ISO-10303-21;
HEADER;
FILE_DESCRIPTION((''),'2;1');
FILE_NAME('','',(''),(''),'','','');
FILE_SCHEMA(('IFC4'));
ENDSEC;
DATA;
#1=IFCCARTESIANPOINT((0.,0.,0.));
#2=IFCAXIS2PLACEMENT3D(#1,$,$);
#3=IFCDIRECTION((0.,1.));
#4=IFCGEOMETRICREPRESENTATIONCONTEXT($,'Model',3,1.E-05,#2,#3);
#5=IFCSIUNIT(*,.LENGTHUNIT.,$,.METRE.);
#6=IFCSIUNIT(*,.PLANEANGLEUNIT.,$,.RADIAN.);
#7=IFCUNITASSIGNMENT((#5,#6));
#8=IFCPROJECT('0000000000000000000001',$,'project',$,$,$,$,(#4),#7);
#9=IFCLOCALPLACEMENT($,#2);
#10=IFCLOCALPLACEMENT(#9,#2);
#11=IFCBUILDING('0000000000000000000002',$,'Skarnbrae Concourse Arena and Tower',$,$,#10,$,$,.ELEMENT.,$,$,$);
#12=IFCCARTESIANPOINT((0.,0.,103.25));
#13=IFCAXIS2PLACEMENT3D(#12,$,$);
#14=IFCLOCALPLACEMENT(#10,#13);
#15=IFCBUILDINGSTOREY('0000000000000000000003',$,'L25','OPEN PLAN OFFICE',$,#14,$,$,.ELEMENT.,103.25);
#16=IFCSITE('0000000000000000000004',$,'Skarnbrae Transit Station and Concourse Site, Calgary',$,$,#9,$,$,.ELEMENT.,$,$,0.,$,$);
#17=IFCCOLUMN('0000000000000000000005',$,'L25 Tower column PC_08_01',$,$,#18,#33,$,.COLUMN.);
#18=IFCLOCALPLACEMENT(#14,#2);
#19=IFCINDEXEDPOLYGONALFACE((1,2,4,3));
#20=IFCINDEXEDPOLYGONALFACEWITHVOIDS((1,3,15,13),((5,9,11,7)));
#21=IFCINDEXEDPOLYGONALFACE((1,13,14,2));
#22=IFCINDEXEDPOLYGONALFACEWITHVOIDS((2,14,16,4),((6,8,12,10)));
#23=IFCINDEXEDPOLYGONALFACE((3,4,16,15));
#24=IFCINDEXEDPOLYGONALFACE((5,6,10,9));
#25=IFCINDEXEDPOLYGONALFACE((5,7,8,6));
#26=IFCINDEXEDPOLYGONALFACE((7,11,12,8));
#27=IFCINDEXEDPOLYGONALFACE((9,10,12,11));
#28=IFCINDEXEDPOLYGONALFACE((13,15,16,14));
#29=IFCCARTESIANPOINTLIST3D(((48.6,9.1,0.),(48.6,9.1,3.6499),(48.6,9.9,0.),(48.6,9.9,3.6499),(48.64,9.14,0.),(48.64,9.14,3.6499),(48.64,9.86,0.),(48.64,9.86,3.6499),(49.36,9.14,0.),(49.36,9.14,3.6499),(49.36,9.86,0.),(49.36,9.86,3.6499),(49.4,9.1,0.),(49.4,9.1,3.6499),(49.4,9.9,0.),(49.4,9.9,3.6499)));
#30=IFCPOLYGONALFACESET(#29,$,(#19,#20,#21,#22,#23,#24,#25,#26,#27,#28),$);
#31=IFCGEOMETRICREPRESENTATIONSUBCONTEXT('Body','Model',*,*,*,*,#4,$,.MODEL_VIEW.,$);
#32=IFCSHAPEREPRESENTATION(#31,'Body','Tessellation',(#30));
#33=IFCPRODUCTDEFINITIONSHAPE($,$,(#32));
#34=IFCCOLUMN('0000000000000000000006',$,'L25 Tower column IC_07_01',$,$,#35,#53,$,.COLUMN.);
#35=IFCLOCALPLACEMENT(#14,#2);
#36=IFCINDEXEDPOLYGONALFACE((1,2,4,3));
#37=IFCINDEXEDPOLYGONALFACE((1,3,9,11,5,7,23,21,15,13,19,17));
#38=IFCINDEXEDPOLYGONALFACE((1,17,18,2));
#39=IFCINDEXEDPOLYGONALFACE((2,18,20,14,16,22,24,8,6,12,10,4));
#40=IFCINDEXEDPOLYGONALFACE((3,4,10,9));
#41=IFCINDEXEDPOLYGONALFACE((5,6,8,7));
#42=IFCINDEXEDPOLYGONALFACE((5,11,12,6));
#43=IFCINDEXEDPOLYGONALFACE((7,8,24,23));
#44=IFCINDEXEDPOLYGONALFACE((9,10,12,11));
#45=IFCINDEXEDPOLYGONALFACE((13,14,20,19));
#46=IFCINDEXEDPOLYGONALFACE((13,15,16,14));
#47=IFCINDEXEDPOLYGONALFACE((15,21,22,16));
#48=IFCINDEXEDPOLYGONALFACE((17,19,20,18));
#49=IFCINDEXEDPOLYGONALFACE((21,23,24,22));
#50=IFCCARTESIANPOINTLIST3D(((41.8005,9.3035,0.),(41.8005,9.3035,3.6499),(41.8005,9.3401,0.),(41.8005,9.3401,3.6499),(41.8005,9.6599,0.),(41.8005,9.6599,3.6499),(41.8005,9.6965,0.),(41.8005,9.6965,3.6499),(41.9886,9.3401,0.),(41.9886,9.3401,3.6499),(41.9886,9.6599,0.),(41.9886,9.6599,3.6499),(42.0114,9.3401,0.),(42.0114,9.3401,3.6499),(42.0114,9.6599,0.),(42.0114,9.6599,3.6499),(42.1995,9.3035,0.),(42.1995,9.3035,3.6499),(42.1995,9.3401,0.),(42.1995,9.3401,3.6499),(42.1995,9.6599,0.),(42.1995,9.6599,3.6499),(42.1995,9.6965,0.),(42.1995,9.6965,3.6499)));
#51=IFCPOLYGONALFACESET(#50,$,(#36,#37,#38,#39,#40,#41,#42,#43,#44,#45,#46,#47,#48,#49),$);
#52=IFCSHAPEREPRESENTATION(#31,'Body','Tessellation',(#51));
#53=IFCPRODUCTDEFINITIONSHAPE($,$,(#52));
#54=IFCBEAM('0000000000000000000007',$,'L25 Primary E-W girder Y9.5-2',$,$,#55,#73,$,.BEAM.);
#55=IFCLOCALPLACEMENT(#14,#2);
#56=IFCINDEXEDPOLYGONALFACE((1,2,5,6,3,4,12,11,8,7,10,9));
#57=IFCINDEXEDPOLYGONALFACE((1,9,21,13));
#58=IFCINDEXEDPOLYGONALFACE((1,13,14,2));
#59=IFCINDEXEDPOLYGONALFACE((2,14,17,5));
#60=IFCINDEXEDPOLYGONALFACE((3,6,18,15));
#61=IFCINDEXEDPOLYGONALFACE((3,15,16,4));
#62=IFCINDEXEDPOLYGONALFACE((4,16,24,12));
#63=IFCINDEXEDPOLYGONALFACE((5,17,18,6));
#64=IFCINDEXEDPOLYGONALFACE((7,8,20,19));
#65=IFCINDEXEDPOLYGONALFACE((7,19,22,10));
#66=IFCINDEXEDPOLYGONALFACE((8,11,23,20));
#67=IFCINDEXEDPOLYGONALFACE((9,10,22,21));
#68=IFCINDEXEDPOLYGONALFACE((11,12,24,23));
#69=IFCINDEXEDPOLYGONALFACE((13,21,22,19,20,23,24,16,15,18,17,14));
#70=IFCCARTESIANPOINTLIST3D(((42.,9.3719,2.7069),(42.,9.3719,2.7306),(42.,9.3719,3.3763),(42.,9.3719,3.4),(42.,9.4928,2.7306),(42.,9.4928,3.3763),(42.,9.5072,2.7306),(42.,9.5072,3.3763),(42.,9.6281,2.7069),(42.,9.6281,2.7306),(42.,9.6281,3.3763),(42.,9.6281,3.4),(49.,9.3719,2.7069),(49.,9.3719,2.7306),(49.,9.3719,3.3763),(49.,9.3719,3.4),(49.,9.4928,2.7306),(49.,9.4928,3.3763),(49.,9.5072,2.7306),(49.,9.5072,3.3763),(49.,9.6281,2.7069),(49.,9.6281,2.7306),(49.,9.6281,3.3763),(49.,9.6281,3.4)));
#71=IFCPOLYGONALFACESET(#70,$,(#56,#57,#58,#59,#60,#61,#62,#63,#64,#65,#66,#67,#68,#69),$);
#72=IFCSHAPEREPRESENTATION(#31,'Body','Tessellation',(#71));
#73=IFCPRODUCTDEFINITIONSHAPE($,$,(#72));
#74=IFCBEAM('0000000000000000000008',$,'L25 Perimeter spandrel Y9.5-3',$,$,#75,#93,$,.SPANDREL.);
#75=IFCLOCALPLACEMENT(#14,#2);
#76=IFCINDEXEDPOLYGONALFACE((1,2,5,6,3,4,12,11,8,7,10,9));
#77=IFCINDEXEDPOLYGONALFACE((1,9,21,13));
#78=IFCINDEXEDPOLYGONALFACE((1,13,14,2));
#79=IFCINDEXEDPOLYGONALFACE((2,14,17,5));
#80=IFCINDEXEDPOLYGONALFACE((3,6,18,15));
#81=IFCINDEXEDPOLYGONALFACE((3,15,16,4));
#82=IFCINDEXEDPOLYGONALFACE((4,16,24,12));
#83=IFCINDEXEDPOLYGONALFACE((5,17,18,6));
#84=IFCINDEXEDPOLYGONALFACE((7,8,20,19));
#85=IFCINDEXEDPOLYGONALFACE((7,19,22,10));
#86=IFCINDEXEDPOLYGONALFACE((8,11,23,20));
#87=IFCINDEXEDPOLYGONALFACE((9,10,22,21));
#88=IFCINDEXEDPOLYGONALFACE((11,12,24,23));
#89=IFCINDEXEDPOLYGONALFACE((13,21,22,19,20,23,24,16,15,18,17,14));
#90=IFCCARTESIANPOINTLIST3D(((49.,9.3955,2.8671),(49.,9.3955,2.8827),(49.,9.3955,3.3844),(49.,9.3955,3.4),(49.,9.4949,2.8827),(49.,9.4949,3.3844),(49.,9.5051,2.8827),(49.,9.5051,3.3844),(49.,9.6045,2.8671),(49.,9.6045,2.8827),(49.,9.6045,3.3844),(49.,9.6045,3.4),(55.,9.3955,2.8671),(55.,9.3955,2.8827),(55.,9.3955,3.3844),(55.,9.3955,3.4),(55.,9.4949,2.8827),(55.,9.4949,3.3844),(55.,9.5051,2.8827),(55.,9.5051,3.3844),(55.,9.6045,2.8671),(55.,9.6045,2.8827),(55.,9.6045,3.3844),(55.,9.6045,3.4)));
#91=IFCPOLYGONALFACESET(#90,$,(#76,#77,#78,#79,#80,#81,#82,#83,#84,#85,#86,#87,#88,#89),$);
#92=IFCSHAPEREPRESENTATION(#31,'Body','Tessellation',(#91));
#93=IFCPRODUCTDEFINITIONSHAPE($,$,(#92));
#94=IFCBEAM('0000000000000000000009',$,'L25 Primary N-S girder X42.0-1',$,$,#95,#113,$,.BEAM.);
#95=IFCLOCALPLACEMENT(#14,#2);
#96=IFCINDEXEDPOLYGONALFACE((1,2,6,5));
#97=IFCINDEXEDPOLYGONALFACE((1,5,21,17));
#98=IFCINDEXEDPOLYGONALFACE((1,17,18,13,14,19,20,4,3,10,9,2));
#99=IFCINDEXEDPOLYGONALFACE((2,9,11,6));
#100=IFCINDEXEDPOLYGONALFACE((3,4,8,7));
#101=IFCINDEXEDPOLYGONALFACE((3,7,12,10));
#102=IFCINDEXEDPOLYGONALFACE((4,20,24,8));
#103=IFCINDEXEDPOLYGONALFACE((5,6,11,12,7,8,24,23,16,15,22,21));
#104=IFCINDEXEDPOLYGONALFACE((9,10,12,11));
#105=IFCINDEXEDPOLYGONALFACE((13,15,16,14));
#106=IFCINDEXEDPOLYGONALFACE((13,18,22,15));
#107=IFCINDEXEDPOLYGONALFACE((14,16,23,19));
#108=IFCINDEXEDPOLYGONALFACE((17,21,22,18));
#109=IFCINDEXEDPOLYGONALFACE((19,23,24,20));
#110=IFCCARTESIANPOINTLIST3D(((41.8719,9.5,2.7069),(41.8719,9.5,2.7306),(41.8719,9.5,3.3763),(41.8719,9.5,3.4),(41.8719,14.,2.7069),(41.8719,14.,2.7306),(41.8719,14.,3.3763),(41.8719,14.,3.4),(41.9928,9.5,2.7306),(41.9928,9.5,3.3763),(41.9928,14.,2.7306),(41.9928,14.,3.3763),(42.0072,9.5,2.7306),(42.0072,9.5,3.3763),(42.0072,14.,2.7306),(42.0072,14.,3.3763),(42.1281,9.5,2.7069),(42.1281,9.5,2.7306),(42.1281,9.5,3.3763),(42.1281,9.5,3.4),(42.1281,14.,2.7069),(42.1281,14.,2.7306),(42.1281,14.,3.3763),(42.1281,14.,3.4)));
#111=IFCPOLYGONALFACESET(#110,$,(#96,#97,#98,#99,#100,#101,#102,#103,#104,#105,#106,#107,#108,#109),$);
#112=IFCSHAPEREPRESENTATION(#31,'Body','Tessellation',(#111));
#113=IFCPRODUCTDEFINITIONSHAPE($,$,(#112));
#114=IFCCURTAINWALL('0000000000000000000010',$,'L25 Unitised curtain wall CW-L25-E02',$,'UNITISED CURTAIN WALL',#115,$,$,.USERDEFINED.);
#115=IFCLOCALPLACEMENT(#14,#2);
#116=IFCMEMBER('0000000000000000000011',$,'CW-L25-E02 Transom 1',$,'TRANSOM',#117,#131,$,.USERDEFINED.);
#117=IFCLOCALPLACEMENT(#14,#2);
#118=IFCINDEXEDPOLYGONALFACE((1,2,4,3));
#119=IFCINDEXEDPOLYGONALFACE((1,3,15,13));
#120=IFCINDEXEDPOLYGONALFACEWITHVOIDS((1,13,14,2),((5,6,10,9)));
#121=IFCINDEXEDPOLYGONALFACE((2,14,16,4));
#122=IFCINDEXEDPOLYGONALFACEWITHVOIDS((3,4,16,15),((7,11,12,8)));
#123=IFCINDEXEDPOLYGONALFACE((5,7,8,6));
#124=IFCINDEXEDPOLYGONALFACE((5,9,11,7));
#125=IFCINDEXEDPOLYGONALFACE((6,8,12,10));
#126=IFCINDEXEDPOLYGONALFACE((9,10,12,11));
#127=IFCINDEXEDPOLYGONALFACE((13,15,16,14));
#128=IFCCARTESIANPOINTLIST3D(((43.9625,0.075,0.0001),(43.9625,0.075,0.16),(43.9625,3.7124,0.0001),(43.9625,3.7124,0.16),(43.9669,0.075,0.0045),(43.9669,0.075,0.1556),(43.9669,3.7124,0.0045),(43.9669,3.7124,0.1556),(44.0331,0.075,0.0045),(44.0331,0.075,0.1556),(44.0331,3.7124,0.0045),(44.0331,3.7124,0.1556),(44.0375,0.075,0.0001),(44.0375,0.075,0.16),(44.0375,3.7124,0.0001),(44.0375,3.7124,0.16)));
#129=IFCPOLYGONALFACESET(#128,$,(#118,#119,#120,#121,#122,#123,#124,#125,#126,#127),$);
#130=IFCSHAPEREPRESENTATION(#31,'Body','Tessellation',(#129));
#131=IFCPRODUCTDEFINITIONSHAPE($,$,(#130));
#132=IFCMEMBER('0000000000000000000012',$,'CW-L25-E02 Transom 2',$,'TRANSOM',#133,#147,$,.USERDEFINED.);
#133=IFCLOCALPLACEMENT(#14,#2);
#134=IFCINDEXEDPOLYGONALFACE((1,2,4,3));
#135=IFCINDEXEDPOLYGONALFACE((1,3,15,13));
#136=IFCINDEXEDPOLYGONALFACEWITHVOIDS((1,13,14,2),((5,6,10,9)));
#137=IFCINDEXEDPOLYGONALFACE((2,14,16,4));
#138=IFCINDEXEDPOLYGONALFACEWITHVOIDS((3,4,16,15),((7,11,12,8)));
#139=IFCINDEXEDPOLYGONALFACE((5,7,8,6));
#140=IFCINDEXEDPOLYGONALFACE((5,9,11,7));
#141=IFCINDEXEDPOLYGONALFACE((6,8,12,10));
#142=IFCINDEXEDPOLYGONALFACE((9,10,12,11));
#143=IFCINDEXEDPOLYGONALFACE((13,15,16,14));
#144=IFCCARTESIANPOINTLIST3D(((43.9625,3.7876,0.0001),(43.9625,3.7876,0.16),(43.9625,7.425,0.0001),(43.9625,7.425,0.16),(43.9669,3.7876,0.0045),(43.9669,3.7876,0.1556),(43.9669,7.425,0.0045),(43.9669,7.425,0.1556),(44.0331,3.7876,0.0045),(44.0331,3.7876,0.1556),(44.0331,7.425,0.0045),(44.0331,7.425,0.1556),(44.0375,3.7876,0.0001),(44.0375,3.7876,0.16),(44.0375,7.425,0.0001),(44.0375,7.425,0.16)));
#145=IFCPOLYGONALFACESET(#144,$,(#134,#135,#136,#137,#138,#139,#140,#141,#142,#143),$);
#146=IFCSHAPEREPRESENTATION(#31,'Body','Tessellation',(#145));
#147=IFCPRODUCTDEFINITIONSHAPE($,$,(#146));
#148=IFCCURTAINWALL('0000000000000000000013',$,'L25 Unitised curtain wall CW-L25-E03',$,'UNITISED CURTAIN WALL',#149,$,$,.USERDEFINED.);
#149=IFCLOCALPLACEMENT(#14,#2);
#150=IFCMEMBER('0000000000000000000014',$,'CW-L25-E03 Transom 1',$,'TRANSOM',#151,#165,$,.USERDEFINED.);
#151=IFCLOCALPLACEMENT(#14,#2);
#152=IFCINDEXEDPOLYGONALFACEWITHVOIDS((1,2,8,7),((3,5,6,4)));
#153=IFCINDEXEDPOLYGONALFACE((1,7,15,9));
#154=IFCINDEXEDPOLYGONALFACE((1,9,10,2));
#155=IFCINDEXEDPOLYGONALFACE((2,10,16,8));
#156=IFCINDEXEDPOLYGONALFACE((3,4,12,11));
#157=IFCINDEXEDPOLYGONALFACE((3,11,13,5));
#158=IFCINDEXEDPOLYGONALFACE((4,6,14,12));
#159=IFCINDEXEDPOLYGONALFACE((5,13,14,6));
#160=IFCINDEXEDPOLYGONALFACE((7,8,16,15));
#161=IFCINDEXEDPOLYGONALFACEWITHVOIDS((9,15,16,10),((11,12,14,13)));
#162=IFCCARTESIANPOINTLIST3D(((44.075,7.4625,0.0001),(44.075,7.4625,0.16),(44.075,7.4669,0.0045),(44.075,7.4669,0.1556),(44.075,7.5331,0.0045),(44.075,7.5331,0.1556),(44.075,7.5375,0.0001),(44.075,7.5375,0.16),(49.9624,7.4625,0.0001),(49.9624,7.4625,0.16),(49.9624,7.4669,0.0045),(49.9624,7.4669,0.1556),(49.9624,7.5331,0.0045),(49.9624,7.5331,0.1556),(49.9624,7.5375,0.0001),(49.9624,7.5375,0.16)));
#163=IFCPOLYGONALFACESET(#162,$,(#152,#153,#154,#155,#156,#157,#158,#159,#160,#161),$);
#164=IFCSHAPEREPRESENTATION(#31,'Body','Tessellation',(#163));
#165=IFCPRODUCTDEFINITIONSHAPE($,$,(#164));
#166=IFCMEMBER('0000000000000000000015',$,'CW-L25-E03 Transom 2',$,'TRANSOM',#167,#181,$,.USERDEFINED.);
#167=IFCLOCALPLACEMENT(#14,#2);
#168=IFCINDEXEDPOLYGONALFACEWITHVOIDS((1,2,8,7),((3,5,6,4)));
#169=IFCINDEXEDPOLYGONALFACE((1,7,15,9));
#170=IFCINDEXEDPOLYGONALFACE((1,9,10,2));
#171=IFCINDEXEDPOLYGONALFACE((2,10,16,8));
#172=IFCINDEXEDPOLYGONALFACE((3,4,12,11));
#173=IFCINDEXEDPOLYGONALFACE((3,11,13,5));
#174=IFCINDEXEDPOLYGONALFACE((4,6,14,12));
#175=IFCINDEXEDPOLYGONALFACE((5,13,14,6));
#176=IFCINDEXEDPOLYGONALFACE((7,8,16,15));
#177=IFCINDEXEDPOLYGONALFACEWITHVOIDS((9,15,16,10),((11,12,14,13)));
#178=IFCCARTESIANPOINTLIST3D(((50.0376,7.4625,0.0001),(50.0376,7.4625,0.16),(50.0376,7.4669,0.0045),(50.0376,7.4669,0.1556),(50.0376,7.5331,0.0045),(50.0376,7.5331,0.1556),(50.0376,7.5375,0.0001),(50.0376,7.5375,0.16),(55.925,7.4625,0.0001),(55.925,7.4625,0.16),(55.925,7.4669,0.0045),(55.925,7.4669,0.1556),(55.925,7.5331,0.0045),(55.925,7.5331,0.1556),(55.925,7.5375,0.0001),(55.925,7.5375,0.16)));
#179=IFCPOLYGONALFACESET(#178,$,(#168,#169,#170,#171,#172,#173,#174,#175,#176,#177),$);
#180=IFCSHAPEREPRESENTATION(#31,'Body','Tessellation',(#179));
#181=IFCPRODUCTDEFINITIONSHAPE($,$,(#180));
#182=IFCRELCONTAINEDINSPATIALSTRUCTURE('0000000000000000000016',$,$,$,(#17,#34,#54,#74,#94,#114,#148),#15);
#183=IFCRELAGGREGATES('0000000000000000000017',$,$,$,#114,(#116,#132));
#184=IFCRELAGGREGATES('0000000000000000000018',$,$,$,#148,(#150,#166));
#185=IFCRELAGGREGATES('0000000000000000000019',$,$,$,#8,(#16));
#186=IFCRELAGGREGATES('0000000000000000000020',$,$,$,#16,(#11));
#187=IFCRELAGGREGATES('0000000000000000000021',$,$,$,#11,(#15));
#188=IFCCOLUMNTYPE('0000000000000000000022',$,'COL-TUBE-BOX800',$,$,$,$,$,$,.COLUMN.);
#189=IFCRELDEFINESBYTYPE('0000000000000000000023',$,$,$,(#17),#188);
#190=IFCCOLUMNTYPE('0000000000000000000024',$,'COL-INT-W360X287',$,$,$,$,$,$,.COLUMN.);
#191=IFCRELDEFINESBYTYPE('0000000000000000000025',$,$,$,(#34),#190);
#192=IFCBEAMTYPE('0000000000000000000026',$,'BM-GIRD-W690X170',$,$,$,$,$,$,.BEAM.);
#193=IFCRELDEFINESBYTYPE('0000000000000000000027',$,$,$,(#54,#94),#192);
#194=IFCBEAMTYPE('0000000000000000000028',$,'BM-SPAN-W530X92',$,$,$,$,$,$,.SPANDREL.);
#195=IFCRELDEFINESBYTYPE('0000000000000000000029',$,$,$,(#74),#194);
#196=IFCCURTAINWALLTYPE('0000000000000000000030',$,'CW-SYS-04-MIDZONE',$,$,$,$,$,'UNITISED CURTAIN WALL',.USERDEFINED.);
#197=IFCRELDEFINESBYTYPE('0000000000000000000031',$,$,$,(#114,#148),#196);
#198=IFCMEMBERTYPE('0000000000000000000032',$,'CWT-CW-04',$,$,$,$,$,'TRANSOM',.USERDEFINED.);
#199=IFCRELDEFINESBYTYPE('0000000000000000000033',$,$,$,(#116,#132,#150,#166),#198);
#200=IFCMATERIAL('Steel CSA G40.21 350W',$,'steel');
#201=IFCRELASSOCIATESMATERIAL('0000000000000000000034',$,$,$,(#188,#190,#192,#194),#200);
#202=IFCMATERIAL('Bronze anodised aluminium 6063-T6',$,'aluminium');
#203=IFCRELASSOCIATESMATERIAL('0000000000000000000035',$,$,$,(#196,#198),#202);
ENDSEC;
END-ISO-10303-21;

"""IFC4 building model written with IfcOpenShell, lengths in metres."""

from ifc_helpers import new_model, si_unit, direction, frame, origin, origin_2d, place, context, subcontext, project, spatial, hollow_rectangle, i_section, extrude, source, transform, mapped, material, material_profile, profile_set, type_object, element, aggregate, save


model = new_model("IFC4")

# Units and contexts
model_context = context("Model", 3, precision=1e-05, world=origin(), true_north=direction((0.0, 1.0)))
body_context = subcontext(model_context, "Body", "Model", "MODEL_VIEW")
ifc_project = project(units=[si_unit("LENGTHUNIT", "METRE"), si_unit("PLANEANGLEUNIT", "RADIAN")], contexts=[model_context])

# Site, building, storey
site_placement = place(None, origin())
site = spatial("IfcSite", under=ifc_project, at=site_placement, Name="Skarnbrae Transit Station and Concourse Site, Calgary", CompositionType="ELEMENT", RefElevation=0.0)
building_placement = place(site_placement, origin())
building = spatial("IfcBuilding", under=site, at=building_placement, Name="Skarnbrae Concourse Arena and Tower", CompositionType="ELEMENT")
storey_placement = place(building_placement, frame((0.0, 0.0, 103.25)))
storey = spatial("IfcBuildingStorey", under=building, at=storey_placement, Name="L25", Description="OPEN PLAN OFFICE", CompositionType="ELEMENT", Elevation=103.25)

# Columns
ifc_material_1 = material(Name="Steel CSA G40.21 350W", Category="steel")
ifc_material_profile_1 = material_profile(ifc_material_1, hollow_rectangle(XDim=0.8, YDim=0.8, WallThickness=0.04, at=origin_2d()), Name="BOX800X800X40")
ifc_profile_set_1 = profile_set([ifc_material_profile_1], Name="Steel CSA G40.21 350W")
column_type_1 = type_object("IfcColumnType", Name="COL-TUBE-BOX800", PredefinedType="COLUMN", material=ifc_profile_set_1)
shared_shape_1 = source(origin(), body_context, "Body", "SweptSolid", [
    extrude(hollow_rectangle(XDim=0.8, YDim=0.8, WallThickness=0.04, at=origin_2d()), origin(), (0.0, 0.0, 1.0), 3.6499),
])
column_1_placement = place(storey_placement, frame((49.0, 9.5, 0.0), z_axis=(0.0, 0.0, 1.0), x_axis=(1.0, 0.0, 0.0)))
element("IfcColumn", 1, at=column_1_placement, inside=storey, type_object=column_type_1, Name="L25 Tower column PC_08_01", PredefinedType="COLUMN", context=body_context, shape_type="MappedRepresentation", body=[
    mapped(shared_shape_1, transform((0.0, 0.0, 0.0))),
])
ifc_material_profile_2 = material_profile(ifc_material_1, i_section(OverallWidth=0.3989, OverallDepth=0.3931, WebThickness=0.0227, FlangeThickness=0.0366, at=origin_2d()), Name="W360X287")
ifc_profile_set_2 = profile_set([ifc_material_profile_2], Name="Steel CSA G40.21 350W")
column_type_2 = type_object("IfcColumnType", Name="COL-INT-W360X287", PredefinedType="COLUMN", material=ifc_profile_set_2)
shared_shape_2 = source(origin(), body_context, "Body", "SweptSolid", [
    extrude(i_section(OverallWidth=0.3989, OverallDepth=0.3931, WebThickness=0.0227, FlangeThickness=0.0366, at=origin_2d()), origin(), (0.0, 0.0, 1.0), 3.6499),
])
column_2_placement = place(storey_placement, frame((42.0, 9.5, 0.0), z_axis=(0.0, 0.0, 1.0), x_axis=(1.0, 0.0, 0.0)))
element("IfcColumn", 2, at=column_2_placement, inside=storey, type_object=column_type_2, Name="L25 Tower column IC_07_01", PredefinedType="COLUMN", context=body_context, shape_type="MappedRepresentation", body=[
    mapped(shared_shape_2, transform((0.0, 0.0, 0.0))),
])

# Beams
ifc_material_profile_3 = material_profile(ifc_material_1, i_section(OverallWidth=0.2561, OverallDepth=0.6931, WebThickness=0.0144, FlangeThickness=0.0237, at=origin_2d()), Name="W690X170")
ifc_profile_set_3 = profile_set([ifc_material_profile_3], Name="Steel CSA G40.21 350W")
beam_type_1 = type_object("IfcBeamType", Name="BM-GIRD-W690X170", PredefinedType="BEAM", material=ifc_profile_set_3)
shared_shape_3 = source(origin(), body_context, "Body", "SweptSolid", [
    extrude(i_section(OverallWidth=0.2561, OverallDepth=0.6931, WebThickness=0.0144, FlangeThickness=0.0237, at=origin_2d()), origin(), (0.0, 0.0, 1.0), 7.0),
])
beam_1_placement = place(storey_placement, frame((42.0, 9.5, 3.0535), z_axis=(1.0, 0.0, 0.0), x_axis=(0.0, 1.0, 0.0)))
element("IfcBeam", 3, at=beam_1_placement, inside=storey, type_object=beam_type_1, Name="L25 Primary E-W girder Y9.5-2", PredefinedType="BEAM", context=body_context, shape_type="MappedRepresentation", body=[
    mapped(shared_shape_3, transform((0.0, 0.0, 0.0))),
])
ifc_material_profile_4 = material_profile(ifc_material_1, i_section(OverallWidth=0.209, OverallDepth=0.533, WebThickness=0.0103, FlangeThickness=0.0156, at=origin_2d()), Name="W530X92")
ifc_profile_set_4 = profile_set([ifc_material_profile_4], Name="Steel CSA G40.21 350W")
beam_type_2 = type_object("IfcBeamType", Name="BM-SPAN-W530X92", PredefinedType="SPANDREL", material=ifc_profile_set_4)
shared_shape_4 = source(origin(), body_context, "Body", "SweptSolid", [
    extrude(i_section(OverallWidth=0.209, OverallDepth=0.533, WebThickness=0.0103, FlangeThickness=0.0156, at=origin_2d()), origin(), (0.0, 0.0, 1.0), 6.0),
])
beam_2_placement = place(storey_placement, frame((49.0, 9.5, 3.1335), z_axis=(1.0, 0.0, 0.0), x_axis=(0.0, 1.0, 0.0)))
element("IfcBeam", 4, at=beam_2_placement, inside=storey, type_object=beam_type_2, Name="L25 Perimeter spandrel Y9.5-3", PredefinedType="SPANDREL", context=body_context, shape_type="MappedRepresentation", body=[
    mapped(shared_shape_4, transform((0.0, 0.0, 0.0))),
])
shared_shape_5 = source(origin(), body_context, "Body", "SweptSolid", [
    extrude(i_section(OverallWidth=0.2561, OverallDepth=0.6931, WebThickness=0.0144, FlangeThickness=0.0237, at=origin_2d()), origin(), (0.0, 0.0, 1.0), 4.5),
])
beam_3_placement = place(storey_placement, frame((42.0, 9.5, 3.0535), z_axis=(0.0, 1.0, 0.0), x_axis=(-1.0, 0.0, 0.0)))
element("IfcBeam", 5, at=beam_3_placement, inside=storey, type_object=beam_type_1, Name="L25 Primary N-S girder X42.0-1", PredefinedType="BEAM", context=body_context, shape_type="MappedRepresentation", body=[
    mapped(shared_shape_5, transform((0.0, 0.0, 0.0))),
])

# Curtain walls, members
ifc_material_2 = material(Name="Bronze anodised aluminium 6063-T6", Category="aluminium")
curtain_wall_type = type_object("IfcCurtainWallType", Name="CW-SYS-04-MIDZONE", ElementType="UNITISED CURTAIN WALL", PredefinedType="USERDEFINED", material=ifc_material_2)
curtain_wall_1_placement = place(storey_placement, origin())
curtain_wall_1 = element("IfcCurtainWall", 6, at=curtain_wall_1_placement, inside=storey, type_object=curtain_wall_type, Name="L25 Unitised curtain wall CW-L25-E02", ObjectType="UNITISED CURTAIN WALL", PredefinedType="USERDEFINED")
ifc_material_profile_5 = material_profile(ifc_material_2, hollow_rectangle(XDim=0.075, YDim=0.1599, WallThickness=0.0044, at=origin_2d()), Name="ALU-TRAN-75X160")
ifc_profile_set_5 = profile_set([ifc_material_profile_5], Name="Bronze anodised aluminium 6063-T6")
member_type_1 = type_object("IfcMemberType", Name="CWT-CW-04", ElementType="TRANSOM", PredefinedType="USERDEFINED", material=ifc_profile_set_5)
shared_shape_6 = source(origin(), body_context, "Body", "SweptSolid", [
    extrude(hollow_rectangle(XDim=0.075, YDim=0.1599, WallThickness=0.0044, at=origin_2d()), origin(), (0.0, 0.0, 1.0), 3.6375),
])
member_1_placement = place(storey_placement, frame((44.0, 0.075, 0.0801), z_axis=(0.0, 1.0, 0.0), x_axis=(-1.0, 0.0, 0.0)))
member_1 = element("IfcMember", 7, at=member_1_placement, type_object=member_type_1, Name="CW-L25-E02 Transom 1", ObjectType="TRANSOM", PredefinedType="USERDEFINED", context=body_context, shape_type="MappedRepresentation", body=[
    mapped(shared_shape_6, transform((0.0, 0.0, 0.0))),
])
member_2_placement = place(storey_placement, frame((44.0, 3.7876, 0.0801), z_axis=(0.0, 1.0, 0.0), x_axis=(-1.0, 0.0, 0.0)))
member_2 = element("IfcMember", 8, at=member_2_placement, type_object=member_type_1, Name="CW-L25-E02 Transom 2", ObjectType="TRANSOM", PredefinedType="USERDEFINED", context=body_context, shape_type="MappedRepresentation", body=[
    mapped(shared_shape_6, transform((0.0, 0.0, 0.0))),
])
curtain_wall_2_placement = place(storey_placement, origin())
curtain_wall_2 = element("IfcCurtainWall", 9, at=curtain_wall_2_placement, inside=storey, type_object=curtain_wall_type, Name="L25 Unitised curtain wall CW-L25-E03", ObjectType="UNITISED CURTAIN WALL", PredefinedType="USERDEFINED")
shared_shape_7 = source(origin(), body_context, "Body", "SweptSolid", [
    extrude(hollow_rectangle(XDim=0.075, YDim=0.1599, WallThickness=0.0044, at=origin_2d()), origin(), (0.0, 0.0, 1.0), 5.8875),
])
member_3_placement = place(storey_placement, frame((44.075, 7.5, 0.0801), z_axis=(1.0, 0.0, 0.0), x_axis=(0.0, 1.0, 0.0)))
member_3 = element("IfcMember", 10, at=member_3_placement, type_object=member_type_1, Name="CW-L25-E03 Transom 1", ObjectType="TRANSOM", PredefinedType="USERDEFINED", context=body_context, shape_type="MappedRepresentation", body=[
    mapped(shared_shape_7, transform((0.0, 0.0, 0.0))),
])
member_4_placement = place(storey_placement, frame((50.0376, 7.5, 0.0801), z_axis=(1.0, 0.0, 0.0), x_axis=(0.0, 1.0, 0.0)))
member_4 = element("IfcMember", 11, at=member_4_placement, type_object=member_type_1, Name="CW-L25-E03 Transom 2", ObjectType="TRANSOM", PredefinedType="USERDEFINED", context=body_context, shape_type="MappedRepresentation", body=[
    mapped(shared_shape_7, transform((0.0, 0.0, 0.0))),
])

aggregate(curtain_wall_1, [member_1, member_2])
aggregate(curtain_wall_2, [member_3, member_4])

save(model, "model.ifc")
